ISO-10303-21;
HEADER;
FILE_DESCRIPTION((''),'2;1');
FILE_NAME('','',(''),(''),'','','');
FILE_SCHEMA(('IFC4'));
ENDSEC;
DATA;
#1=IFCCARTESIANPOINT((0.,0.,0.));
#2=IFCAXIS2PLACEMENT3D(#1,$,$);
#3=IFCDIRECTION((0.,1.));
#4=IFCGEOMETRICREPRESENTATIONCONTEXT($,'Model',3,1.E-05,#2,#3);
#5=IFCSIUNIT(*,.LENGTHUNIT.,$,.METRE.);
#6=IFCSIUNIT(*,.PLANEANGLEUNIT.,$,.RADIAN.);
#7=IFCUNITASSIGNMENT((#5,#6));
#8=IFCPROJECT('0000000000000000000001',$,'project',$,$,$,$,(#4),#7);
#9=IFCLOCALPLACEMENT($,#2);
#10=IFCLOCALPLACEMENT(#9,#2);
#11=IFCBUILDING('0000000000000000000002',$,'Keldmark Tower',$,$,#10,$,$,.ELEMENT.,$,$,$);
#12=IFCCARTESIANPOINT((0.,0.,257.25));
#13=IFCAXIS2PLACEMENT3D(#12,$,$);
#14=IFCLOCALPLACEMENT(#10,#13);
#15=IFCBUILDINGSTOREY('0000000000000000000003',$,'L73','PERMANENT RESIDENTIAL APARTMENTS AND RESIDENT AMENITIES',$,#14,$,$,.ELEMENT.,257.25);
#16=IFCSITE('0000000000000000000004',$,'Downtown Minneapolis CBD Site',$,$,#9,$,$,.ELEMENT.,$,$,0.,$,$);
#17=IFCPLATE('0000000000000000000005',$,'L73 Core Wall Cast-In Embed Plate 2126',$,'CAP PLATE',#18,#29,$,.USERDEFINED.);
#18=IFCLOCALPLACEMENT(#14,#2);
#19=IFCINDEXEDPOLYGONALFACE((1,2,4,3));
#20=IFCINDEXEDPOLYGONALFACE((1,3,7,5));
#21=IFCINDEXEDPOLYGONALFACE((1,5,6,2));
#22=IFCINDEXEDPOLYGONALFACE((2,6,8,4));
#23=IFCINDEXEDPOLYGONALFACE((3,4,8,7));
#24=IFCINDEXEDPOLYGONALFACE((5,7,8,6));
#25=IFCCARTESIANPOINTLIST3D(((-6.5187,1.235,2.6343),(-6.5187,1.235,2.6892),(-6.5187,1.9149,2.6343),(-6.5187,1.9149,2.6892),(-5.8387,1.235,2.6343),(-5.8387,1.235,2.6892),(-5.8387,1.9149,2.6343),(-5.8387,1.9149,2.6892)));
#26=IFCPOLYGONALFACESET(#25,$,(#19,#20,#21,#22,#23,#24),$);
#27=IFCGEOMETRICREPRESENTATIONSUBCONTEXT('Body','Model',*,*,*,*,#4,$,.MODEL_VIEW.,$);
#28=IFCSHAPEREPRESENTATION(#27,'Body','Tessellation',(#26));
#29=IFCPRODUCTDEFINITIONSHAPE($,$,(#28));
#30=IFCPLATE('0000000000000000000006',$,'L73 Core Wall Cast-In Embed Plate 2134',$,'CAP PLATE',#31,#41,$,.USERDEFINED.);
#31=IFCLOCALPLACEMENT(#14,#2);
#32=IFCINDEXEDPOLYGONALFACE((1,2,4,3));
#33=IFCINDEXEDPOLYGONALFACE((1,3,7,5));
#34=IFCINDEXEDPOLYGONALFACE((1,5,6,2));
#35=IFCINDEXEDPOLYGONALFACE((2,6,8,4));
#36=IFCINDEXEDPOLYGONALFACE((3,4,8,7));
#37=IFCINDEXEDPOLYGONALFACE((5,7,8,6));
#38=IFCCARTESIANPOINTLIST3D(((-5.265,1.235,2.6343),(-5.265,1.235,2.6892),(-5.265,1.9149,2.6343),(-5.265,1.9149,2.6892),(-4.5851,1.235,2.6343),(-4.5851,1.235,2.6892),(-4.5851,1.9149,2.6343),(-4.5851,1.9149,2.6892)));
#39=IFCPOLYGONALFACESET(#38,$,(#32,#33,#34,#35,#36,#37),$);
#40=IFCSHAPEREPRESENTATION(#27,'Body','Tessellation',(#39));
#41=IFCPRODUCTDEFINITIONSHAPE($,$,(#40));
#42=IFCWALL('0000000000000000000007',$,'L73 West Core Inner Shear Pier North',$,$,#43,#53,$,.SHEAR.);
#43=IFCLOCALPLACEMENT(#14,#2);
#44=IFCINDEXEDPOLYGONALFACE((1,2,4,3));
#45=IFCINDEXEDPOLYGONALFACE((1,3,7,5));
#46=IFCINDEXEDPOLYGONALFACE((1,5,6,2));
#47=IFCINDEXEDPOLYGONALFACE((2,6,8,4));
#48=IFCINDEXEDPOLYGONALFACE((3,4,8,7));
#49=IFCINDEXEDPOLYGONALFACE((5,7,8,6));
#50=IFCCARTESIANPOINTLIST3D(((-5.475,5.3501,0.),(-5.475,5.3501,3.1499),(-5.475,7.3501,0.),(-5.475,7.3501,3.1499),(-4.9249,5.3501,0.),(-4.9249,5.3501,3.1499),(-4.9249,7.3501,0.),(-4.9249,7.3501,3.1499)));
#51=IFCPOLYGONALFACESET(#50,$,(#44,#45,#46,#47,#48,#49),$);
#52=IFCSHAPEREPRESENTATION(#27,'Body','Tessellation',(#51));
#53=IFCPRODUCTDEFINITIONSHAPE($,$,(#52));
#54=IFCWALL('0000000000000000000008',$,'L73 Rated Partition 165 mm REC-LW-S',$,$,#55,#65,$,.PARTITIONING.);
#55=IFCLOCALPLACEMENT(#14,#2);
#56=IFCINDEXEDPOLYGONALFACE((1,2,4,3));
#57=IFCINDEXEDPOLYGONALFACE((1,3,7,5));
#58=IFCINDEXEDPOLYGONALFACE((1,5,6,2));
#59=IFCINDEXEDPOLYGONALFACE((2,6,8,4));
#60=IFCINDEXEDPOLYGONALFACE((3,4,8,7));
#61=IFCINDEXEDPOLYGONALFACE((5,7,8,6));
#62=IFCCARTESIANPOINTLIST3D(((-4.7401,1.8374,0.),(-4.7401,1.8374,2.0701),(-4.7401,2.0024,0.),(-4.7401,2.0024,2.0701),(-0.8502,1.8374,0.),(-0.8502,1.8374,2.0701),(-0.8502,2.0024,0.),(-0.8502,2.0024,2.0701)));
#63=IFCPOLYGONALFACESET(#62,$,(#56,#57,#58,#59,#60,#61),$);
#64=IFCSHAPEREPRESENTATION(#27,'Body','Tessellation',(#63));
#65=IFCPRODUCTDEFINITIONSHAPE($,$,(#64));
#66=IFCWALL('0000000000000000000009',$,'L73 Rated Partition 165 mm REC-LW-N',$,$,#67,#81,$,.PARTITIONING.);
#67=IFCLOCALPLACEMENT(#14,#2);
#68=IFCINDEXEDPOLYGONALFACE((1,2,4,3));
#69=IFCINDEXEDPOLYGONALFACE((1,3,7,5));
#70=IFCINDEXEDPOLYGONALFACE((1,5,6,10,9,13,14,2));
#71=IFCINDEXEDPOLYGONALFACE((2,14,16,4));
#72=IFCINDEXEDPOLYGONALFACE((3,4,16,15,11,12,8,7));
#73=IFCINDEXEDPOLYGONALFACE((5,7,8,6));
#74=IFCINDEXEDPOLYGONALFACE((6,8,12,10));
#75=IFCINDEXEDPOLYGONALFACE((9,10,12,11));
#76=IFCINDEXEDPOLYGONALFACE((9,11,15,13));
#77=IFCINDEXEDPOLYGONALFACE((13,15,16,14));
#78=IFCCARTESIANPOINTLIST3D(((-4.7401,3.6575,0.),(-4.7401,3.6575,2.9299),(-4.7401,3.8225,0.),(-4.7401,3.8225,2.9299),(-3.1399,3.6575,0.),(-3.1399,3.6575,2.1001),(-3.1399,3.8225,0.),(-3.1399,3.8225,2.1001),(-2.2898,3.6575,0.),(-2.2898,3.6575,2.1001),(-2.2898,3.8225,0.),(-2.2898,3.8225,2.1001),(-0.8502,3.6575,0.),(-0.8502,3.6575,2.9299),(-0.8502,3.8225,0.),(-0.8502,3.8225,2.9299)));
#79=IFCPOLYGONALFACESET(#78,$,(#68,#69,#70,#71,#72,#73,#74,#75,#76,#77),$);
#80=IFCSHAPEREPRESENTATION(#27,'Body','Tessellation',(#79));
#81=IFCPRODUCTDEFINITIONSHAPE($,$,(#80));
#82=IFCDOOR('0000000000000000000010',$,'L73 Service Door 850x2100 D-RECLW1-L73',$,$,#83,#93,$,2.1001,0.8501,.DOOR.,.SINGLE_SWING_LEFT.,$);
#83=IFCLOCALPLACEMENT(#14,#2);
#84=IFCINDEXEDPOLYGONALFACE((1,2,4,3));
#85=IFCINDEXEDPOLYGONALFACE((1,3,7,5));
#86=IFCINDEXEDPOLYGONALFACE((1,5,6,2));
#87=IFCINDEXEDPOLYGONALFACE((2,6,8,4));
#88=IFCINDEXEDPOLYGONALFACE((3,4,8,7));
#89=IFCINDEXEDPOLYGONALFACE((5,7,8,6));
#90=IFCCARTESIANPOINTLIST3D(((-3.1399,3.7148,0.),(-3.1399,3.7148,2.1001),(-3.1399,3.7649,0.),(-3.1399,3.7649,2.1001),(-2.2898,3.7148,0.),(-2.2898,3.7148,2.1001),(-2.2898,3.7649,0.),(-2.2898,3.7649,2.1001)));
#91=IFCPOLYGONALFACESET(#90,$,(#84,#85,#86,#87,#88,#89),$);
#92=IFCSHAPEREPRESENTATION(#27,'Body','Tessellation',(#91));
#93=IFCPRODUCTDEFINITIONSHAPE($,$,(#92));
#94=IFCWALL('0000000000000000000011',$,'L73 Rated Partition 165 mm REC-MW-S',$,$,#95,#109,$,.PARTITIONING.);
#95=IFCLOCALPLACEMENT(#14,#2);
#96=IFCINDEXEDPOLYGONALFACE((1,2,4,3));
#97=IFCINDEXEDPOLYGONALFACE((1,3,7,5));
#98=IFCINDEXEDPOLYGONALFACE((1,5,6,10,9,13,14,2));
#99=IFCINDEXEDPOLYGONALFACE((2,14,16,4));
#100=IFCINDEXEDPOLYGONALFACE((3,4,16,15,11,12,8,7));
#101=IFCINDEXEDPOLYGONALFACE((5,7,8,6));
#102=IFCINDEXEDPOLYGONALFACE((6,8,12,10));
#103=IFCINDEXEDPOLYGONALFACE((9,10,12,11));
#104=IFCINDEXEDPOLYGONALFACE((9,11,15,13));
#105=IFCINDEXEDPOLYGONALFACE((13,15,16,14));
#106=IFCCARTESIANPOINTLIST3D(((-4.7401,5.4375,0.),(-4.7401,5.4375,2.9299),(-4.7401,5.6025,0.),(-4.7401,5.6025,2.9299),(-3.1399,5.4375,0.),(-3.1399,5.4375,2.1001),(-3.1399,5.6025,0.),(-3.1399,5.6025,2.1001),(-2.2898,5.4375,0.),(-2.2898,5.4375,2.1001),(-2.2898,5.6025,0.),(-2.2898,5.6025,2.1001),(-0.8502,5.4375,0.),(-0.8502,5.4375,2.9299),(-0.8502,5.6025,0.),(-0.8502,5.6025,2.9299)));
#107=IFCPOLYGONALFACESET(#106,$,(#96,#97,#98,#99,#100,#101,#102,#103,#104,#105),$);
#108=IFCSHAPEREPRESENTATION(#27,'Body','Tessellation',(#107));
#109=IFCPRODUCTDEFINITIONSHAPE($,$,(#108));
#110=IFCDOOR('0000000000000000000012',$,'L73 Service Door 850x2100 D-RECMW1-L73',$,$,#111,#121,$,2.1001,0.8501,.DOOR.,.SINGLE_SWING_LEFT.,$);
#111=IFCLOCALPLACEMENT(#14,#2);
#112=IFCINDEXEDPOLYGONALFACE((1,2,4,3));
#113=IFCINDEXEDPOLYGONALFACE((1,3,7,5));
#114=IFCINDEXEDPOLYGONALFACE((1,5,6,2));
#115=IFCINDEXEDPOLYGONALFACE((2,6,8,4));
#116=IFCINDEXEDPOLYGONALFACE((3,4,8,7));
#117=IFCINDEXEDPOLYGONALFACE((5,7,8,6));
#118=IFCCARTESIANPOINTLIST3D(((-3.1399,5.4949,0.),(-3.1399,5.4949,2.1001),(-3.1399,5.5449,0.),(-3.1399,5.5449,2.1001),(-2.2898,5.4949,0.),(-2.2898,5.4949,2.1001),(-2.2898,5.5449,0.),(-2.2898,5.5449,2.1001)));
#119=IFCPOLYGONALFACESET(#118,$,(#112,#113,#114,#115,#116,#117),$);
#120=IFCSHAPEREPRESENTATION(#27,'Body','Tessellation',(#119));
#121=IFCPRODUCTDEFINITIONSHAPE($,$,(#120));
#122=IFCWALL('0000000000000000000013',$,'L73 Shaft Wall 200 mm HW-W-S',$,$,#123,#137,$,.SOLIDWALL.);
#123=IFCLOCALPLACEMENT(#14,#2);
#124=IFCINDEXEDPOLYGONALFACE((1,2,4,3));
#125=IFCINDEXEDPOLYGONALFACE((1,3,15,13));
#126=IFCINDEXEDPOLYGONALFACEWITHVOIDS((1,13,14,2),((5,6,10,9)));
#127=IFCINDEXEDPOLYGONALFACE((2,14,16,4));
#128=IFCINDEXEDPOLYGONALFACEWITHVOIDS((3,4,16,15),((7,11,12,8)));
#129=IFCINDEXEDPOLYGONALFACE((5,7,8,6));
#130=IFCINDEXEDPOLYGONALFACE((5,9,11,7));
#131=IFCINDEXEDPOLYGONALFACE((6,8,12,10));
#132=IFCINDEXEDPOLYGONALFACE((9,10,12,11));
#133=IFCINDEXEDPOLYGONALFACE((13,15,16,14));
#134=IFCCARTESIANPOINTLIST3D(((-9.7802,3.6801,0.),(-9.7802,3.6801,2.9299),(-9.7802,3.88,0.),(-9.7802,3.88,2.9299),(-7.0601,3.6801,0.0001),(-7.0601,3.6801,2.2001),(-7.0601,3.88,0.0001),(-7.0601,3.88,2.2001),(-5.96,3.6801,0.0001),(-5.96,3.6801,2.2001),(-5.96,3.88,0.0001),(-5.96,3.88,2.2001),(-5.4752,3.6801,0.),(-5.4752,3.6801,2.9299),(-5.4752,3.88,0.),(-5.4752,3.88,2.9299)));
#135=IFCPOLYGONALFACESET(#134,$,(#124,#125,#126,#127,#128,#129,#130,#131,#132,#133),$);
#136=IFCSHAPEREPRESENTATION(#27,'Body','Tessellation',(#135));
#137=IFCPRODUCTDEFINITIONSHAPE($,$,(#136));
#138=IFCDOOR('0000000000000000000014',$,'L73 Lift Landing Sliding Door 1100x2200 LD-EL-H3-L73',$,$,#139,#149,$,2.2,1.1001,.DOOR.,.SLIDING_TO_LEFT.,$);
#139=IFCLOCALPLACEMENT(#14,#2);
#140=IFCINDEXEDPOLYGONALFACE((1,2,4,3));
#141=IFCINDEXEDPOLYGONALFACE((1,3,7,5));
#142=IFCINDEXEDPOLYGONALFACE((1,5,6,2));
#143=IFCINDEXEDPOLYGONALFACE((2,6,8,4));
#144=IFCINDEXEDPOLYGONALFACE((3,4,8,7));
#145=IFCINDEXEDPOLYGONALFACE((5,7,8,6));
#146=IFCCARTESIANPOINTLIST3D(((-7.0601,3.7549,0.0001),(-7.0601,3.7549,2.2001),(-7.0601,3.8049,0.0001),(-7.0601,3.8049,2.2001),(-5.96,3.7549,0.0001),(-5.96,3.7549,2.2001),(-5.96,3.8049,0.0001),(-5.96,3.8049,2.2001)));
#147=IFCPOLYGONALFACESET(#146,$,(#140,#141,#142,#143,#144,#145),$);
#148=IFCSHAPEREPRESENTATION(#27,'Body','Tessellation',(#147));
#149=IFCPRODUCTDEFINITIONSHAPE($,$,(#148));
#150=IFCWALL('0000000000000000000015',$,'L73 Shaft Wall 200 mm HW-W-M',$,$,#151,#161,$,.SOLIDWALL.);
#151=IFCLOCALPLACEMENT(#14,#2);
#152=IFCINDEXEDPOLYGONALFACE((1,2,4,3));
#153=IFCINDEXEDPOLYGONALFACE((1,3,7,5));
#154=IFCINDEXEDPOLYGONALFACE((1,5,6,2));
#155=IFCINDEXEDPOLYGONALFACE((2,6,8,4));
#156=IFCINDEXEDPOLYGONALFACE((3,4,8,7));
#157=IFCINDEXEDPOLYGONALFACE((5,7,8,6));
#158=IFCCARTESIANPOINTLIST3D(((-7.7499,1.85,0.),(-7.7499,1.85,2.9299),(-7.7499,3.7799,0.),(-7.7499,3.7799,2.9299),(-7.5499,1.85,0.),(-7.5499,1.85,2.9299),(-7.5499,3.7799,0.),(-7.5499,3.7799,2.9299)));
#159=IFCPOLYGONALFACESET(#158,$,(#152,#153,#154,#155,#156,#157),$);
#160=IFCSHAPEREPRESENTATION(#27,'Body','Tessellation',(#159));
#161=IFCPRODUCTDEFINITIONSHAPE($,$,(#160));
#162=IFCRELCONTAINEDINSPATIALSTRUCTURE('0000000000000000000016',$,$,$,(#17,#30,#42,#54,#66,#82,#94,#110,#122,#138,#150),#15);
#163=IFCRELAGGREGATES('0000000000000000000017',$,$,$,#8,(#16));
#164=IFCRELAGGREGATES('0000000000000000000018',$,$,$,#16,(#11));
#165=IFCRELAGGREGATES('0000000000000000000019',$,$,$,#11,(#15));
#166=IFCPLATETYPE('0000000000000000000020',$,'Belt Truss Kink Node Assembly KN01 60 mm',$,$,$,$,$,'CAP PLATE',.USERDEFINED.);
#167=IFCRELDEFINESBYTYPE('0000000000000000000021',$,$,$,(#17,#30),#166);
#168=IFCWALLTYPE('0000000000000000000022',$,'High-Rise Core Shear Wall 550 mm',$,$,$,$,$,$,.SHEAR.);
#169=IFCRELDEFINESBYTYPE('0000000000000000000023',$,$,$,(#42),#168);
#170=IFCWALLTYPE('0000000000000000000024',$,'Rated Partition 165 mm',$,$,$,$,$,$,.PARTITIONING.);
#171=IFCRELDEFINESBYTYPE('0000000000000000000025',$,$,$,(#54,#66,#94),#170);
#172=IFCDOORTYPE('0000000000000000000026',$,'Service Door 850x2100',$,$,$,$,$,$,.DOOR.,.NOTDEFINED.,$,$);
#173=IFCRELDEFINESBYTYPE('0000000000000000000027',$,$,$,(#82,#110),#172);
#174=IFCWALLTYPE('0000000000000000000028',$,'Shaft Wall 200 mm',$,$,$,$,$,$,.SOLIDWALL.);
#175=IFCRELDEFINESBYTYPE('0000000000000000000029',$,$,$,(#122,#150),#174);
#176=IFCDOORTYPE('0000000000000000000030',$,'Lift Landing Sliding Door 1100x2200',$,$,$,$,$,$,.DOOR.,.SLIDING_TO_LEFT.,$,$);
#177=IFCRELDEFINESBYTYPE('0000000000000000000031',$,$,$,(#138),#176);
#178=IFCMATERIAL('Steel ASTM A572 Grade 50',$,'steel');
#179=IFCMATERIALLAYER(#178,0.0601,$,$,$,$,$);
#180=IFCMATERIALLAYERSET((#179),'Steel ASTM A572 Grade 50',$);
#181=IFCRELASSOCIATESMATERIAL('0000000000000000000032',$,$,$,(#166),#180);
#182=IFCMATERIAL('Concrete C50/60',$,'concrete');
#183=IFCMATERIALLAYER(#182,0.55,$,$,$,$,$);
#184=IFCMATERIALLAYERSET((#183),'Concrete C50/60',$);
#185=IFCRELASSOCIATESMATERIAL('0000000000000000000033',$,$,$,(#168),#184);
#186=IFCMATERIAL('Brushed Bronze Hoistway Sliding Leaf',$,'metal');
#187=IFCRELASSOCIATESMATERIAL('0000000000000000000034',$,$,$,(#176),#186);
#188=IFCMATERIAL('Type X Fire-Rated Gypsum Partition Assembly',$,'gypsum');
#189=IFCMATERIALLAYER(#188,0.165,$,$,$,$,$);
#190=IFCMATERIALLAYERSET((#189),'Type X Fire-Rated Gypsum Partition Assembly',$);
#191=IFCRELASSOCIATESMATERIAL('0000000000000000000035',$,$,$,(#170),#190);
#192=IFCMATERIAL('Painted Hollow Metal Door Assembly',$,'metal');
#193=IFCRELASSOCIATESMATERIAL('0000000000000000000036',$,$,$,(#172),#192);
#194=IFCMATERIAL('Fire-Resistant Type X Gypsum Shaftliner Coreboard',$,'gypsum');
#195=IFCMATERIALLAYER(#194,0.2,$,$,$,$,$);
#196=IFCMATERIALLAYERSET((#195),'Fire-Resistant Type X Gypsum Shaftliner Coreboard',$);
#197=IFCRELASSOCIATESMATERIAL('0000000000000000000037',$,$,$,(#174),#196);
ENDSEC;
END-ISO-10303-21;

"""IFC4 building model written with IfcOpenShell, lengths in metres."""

from ifc_helpers import new_model, si_unit, direction, frame, frame_2d, origin, origin_2d, place, context, subcontext, project, spatial, rectangle, extrude, material, layer, layer_set, type_object, element, fill, save


model = new_model("IFC4")

# Units and contexts
model_context = context("Model", 3, precision=1e-05, world=origin(), true_north=direction((0.0, 1.0)))
body_context = subcontext(model_context, "Body", "Model", "MODEL_VIEW")
ifc_project = project(units=[si_unit("LENGTHUNIT", "METRE"), si_unit("PLANEANGLEUNIT", "RADIAN")], contexts=[model_context])

# Site, building, storey
site_placement = place(None, origin())
site = spatial("IfcSite", under=ifc_project, at=site_placement, Name="Downtown Minneapolis CBD Site", CompositionType="ELEMENT", RefElevation=0.0)
building_placement = place(site_placement, origin())
building = spatial("IfcBuilding", under=site, at=building_placement, Name="Keldmark Tower", CompositionType="ELEMENT")
storey_placement = place(building_placement, frame((0.0, 0.0, 257.25)))
storey = spatial("IfcBuildingStorey", under=building, at=storey_placement, Name="L73", Description="PERMANENT RESIDENTIAL APARTMENTS AND RESIDENT AMENITIES", CompositionType="ELEMENT", Elevation=257.25)

# Plates
ifc_material_1 = material(Name="Steel ASTM A572 Grade 50", Category="steel")
ifc_layer_1 = layer(ifc_material_1, 0.0601)
ifc_layer_set_1 = layer_set([ifc_layer_1], Name="Steel ASTM A572 Grade 50")
plate_type = type_object("IfcPlateType", Name="Belt Truss Kink Node Assembly KN01 60 mm", ElementType="CAP PLATE", PredefinedType="USERDEFINED", material=ifc_layer_set_1)
for number, where, z_axis, x_axis, name in (
    (1, (-6.1787, 1.575, 2.6343), (0.0, 0.0, 1.0), (1.0, 0.0, 0.0), "L73 Core Wall Cast-In Embed Plate 2126"),
    (2, (-4.925, 1.575, 2.6343), (0.0, 0.0, 1.0), (1.0, 0.0, 0.0), "L73 Core Wall Cast-In Embed Plate 2134"),
):
    element("IfcPlate", number, at=place(storey_placement, frame(where, z_axis=z_axis, x_axis=x_axis)), inside=storey, type_object=plate_type, Name=name, ObjectType="CAP PLATE", PredefinedType="USERDEFINED", context=body_context, shape_type="SweptSolid", body=[
        extrude(rectangle(XDim=0.6799, YDim=0.6799, at=origin_2d()), origin(), (0.0, 0.0, 1.0), 0.0549),
    ])

# Shared definitions
ifc_material_2 = material(Name="Concrete C50/60", Category="concrete")
ifc_layer_2 = layer(ifc_material_2, 0.55)
ifc_layer_set_2 = layer_set([ifc_layer_2], Name="Concrete C50/60")
wall_type_1 = type_object("IfcWallType", Name="High-Rise Core Shear Wall 550 mm", PredefinedType="SHEAR", material=ifc_layer_set_2)
ifc_material_3 = material(Name="Brushed Bronze Hoistway Sliding Leaf", Category="metal")
door_type_1 = type_object("IfcDoorType", Name="Lift Landing Sliding Door 1100x2200", OperationType="SLIDING_TO_LEFT", PredefinedType="DOOR", material=ifc_material_3)

# Walls
wall_1_placement = place(storey_placement, frame((-5.2, 5.3501, 0.0), z_axis=(0.0, 0.0, 1.0), x_axis=(0.0, 1.0, 0.0)))
element("IfcWall", 3, at=wall_1_placement, inside=storey, type_object=wall_type_1, Name="L73 West Core Inner Shear Pier North", PredefinedType="SHEAR", context=body_context, shape_type="SweptSolid", body=[
    extrude(rectangle(XDim=2.0, YDim=0.55, at=frame_2d((1.0, 0.0))), origin(), (0.0, 0.0, 1.0), 3.1499),
])
ifc_material_4 = material(Name="Type X Fire-Rated Gypsum Partition Assembly", Category="gypsum")
ifc_layer_3 = layer(ifc_material_4, 0.165)
ifc_layer_set_3 = layer_set([ifc_layer_3], Name="Type X Fire-Rated Gypsum Partition Assembly")
wall_type_2 = type_object("IfcWallType", Name="Rated Partition 165 mm", PredefinedType="PARTITIONING", material=ifc_layer_set_3)
wall_2_placement = place(storey_placement, frame((-4.74, 1.9199, 0.0), z_axis=(0.0, 0.0, 1.0), x_axis=(1.0, 0.0, 0.0)))
element("IfcWall", 4, at=wall_2_placement, inside=storey, type_object=wall_type_2, Name="L73 Rated Partition 165 mm REC-LW-S", PredefinedType="PARTITIONING", context=body_context, shape_type="SweptSolid", body=[
    extrude(rectangle(XDim=3.8899, YDim=0.165, at=frame_2d((1.9448, 0.0))), origin(), (0.0, 0.0, 1.0), 2.0701),
])

# Walls, openings, doors
wall_3_placement = place(storey_placement, frame((-4.74, 3.74, 0.0), z_axis=(0.0, 0.0, 1.0), x_axis=(1.0, 0.0, 0.0)))
wall_3 = element("IfcWall", 5, at=wall_3_placement, inside=storey, type_object=wall_type_2, Name="L73 Rated Partition 165 mm REC-LW-N", PredefinedType="PARTITIONING", context=body_context, shape_type="SweptSolid", body=[
    extrude(rectangle(XDim=3.8899, YDim=0.165, at=frame_2d((1.9448, 0.0))), origin(), (0.0, 0.0, 1.0), 2.9299),
])
opening_1_placement = place(wall_3_placement, frame((1.6001, 0.0, 0.0)))
opening_1 = element("IfcOpeningElement", 6, at=opening_1_placement, cuts=wall_3, PredefinedType="OPENING", context=body_context, shape_type="SweptSolid", body=[
    extrude(rectangle(XDim=0.8501, YDim=2.1001, at=frame_2d((0.425, 1.05))), frame((0.0, 0.0925, 0.0), z_axis=(0.0, -1.0, 0.0), x_axis=(1.0, 0.0, 0.0)), (0.0, 0.0, 1.0), 0.1851),
])
ifc_material_5 = material(Name="Painted Hollow Metal Door Assembly", Category="metal")
door_type_2 = type_object("IfcDoorType", Name="Service Door 850x2100", OperationType="NOTDEFINED", PredefinedType="DOOR", material=ifc_material_5)
door_1_placement = place(opening_1_placement, origin())
door_1 = element("IfcDoor", 7, at=door_1_placement, inside=storey, type_object=door_type_2, Name="L73 Service Door 850x2100 D-RECLW1-L73", OperationType="SINGLE_SWING_LEFT", OverallHeight=2.1001, OverallWidth=0.8501, PredefinedType="DOOR", context=body_context, shape_type="SweptSolid", body=[
    extrude(rectangle(XDim=0.8501, YDim=2.1001, at=frame_2d((0.425, 1.05))), frame((0.0, 0.0249, 0.0), z_axis=(0.0, -1.0, 0.0), x_axis=(1.0, 0.0, 0.0)), (0.0, 0.0, 1.0), 0.05),
])
fill(opening_1, door_1)
wall_4_placement = place(storey_placement, frame((-4.74, 5.52, 0.0), z_axis=(0.0, 0.0, 1.0), x_axis=(1.0, 0.0, 0.0)))
wall_4 = element("IfcWall", 8, at=wall_4_placement, inside=storey, type_object=wall_type_2, Name="L73 Rated Partition 165 mm REC-MW-S", PredefinedType="PARTITIONING", context=body_context, shape_type="SweptSolid", body=[
    extrude(rectangle(XDim=3.8899, YDim=0.165, at=frame_2d((1.9448, 0.0))), origin(), (0.0, 0.0, 1.0), 2.9299),
])
opening_2_placement = place(wall_4_placement, frame((1.6001, 0.0, 0.0)))
opening_2 = element("IfcOpeningElement", 9, at=opening_2_placement, cuts=wall_4, PredefinedType="OPENING", context=body_context, shape_type="SweptSolid", body=[
    extrude(rectangle(XDim=0.8501, YDim=2.1001, at=frame_2d((0.425, 1.05))), frame((0.0, 0.0925, 0.0), z_axis=(0.0, -1.0, 0.0), x_axis=(1.0, 0.0, 0.0)), (0.0, 0.0, 1.0), 0.1851),
])
door_2_placement = place(opening_2_placement, origin())
door_2 = element("IfcDoor", 10, at=door_2_placement, inside=storey, type_object=door_type_2, Name="L73 Service Door 850x2100 D-RECMW1-L73", OperationType="SINGLE_SWING_LEFT", OverallHeight=2.1001, OverallWidth=0.8501, PredefinedType="DOOR", context=body_context, shape_type="SweptSolid", body=[
    extrude(rectangle(XDim=0.8501, YDim=2.1001, at=frame_2d((0.425, 1.05))), frame((0.0, 0.0249, 0.0), z_axis=(0.0, -1.0, 0.0), x_axis=(1.0, 0.0, 0.0)), (0.0, 0.0, 1.0), 0.05),
])
fill(opening_2, door_2)
ifc_material_6 = material(Name="Fire-Resistant Type X Gypsum Shaftliner Coreboard", Category="gypsum")
ifc_layer_4 = layer(ifc_material_6, 0.2)
ifc_layer_set_4 = layer_set([ifc_layer_4], Name="Fire-Resistant Type X Gypsum Shaftliner Coreboard")
wall_type_3 = type_object("IfcWallType", Name="Shaft Wall 200 mm", PredefinedType="SOLIDWALL", material=ifc_layer_set_4)
wall_5_placement = place(storey_placement, frame((-9.78, 3.78, 0.0), z_axis=(0.0, 0.0, 1.0), x_axis=(1.0, 0.0, 0.0)))
wall_5 = element("IfcWall", 11, at=wall_5_placement, inside=storey, type_object=wall_type_3, Name="L73 Shaft Wall 200 mm HW-W-S", PredefinedType="SOLIDWALL", context=body_context, shape_type="SweptSolid", body=[
    extrude(rectangle(XDim=4.3049, YDim=0.2, at=frame_2d((2.1523, 0.0))), origin(), (0.0, 0.0, 1.0), 2.9299),
])
opening_3_placement = place(wall_5_placement, frame((2.72, 0.0, 0.0)))
opening_3 = element("IfcOpeningElement", 12, at=opening_3_placement, cuts=wall_5, PredefinedType="OPENING", context=body_context, shape_type="SweptSolid", body=[
    extrude(rectangle(XDim=1.1001, YDim=2.2, at=frame_2d((0.55, 1.1001))), frame((0.0, 0.1099, 0.0), z_axis=(0.0, -1.0, 0.0), x_axis=(1.0, 0.0, 0.0)), (0.0, 0.0, 1.0), 0.22),
])
door_3_placement = place(opening_3_placement, origin())
door_3 = element("IfcDoor", 13, at=door_3_placement, inside=storey, type_object=door_type_1, Name="L73 Lift Landing Sliding Door 1100x2200 LD-EL-H3-L73", OperationType="SLIDING_TO_LEFT", OverallHeight=2.2, OverallWidth=1.1001, PredefinedType="DOOR", context=body_context, shape_type="SweptSolid", body=[
    extrude(rectangle(XDim=1.1001, YDim=2.2, at=frame_2d((0.55, 1.1001))), frame((0.0, 0.0249, 0.0), z_axis=(0.0, -1.0, 0.0), x_axis=(1.0, 0.0, 0.0)), (0.0, 0.0, 1.0), 0.05),
])
fill(opening_3, door_3)

# Wall
wall_6_placement = place(storey_placement, frame((-7.6499, 1.8501, 0.0), z_axis=(0.0, 0.0, 1.0), x_axis=(0.0, 1.0, 0.0)))
element("IfcWall", 14, at=wall_6_placement, inside=storey, type_object=wall_type_3, Name="L73 Shaft Wall 200 mm HW-W-M", PredefinedType="SOLIDWALL", context=body_context, shape_type="SweptSolid", body=[
    extrude(rectangle(XDim=1.9299, YDim=0.2, at=frame_2d((0.9648, 0.0))), origin(), (0.0, 0.0, 1.0), 2.9299),
])

save(model, "model.ifc")
